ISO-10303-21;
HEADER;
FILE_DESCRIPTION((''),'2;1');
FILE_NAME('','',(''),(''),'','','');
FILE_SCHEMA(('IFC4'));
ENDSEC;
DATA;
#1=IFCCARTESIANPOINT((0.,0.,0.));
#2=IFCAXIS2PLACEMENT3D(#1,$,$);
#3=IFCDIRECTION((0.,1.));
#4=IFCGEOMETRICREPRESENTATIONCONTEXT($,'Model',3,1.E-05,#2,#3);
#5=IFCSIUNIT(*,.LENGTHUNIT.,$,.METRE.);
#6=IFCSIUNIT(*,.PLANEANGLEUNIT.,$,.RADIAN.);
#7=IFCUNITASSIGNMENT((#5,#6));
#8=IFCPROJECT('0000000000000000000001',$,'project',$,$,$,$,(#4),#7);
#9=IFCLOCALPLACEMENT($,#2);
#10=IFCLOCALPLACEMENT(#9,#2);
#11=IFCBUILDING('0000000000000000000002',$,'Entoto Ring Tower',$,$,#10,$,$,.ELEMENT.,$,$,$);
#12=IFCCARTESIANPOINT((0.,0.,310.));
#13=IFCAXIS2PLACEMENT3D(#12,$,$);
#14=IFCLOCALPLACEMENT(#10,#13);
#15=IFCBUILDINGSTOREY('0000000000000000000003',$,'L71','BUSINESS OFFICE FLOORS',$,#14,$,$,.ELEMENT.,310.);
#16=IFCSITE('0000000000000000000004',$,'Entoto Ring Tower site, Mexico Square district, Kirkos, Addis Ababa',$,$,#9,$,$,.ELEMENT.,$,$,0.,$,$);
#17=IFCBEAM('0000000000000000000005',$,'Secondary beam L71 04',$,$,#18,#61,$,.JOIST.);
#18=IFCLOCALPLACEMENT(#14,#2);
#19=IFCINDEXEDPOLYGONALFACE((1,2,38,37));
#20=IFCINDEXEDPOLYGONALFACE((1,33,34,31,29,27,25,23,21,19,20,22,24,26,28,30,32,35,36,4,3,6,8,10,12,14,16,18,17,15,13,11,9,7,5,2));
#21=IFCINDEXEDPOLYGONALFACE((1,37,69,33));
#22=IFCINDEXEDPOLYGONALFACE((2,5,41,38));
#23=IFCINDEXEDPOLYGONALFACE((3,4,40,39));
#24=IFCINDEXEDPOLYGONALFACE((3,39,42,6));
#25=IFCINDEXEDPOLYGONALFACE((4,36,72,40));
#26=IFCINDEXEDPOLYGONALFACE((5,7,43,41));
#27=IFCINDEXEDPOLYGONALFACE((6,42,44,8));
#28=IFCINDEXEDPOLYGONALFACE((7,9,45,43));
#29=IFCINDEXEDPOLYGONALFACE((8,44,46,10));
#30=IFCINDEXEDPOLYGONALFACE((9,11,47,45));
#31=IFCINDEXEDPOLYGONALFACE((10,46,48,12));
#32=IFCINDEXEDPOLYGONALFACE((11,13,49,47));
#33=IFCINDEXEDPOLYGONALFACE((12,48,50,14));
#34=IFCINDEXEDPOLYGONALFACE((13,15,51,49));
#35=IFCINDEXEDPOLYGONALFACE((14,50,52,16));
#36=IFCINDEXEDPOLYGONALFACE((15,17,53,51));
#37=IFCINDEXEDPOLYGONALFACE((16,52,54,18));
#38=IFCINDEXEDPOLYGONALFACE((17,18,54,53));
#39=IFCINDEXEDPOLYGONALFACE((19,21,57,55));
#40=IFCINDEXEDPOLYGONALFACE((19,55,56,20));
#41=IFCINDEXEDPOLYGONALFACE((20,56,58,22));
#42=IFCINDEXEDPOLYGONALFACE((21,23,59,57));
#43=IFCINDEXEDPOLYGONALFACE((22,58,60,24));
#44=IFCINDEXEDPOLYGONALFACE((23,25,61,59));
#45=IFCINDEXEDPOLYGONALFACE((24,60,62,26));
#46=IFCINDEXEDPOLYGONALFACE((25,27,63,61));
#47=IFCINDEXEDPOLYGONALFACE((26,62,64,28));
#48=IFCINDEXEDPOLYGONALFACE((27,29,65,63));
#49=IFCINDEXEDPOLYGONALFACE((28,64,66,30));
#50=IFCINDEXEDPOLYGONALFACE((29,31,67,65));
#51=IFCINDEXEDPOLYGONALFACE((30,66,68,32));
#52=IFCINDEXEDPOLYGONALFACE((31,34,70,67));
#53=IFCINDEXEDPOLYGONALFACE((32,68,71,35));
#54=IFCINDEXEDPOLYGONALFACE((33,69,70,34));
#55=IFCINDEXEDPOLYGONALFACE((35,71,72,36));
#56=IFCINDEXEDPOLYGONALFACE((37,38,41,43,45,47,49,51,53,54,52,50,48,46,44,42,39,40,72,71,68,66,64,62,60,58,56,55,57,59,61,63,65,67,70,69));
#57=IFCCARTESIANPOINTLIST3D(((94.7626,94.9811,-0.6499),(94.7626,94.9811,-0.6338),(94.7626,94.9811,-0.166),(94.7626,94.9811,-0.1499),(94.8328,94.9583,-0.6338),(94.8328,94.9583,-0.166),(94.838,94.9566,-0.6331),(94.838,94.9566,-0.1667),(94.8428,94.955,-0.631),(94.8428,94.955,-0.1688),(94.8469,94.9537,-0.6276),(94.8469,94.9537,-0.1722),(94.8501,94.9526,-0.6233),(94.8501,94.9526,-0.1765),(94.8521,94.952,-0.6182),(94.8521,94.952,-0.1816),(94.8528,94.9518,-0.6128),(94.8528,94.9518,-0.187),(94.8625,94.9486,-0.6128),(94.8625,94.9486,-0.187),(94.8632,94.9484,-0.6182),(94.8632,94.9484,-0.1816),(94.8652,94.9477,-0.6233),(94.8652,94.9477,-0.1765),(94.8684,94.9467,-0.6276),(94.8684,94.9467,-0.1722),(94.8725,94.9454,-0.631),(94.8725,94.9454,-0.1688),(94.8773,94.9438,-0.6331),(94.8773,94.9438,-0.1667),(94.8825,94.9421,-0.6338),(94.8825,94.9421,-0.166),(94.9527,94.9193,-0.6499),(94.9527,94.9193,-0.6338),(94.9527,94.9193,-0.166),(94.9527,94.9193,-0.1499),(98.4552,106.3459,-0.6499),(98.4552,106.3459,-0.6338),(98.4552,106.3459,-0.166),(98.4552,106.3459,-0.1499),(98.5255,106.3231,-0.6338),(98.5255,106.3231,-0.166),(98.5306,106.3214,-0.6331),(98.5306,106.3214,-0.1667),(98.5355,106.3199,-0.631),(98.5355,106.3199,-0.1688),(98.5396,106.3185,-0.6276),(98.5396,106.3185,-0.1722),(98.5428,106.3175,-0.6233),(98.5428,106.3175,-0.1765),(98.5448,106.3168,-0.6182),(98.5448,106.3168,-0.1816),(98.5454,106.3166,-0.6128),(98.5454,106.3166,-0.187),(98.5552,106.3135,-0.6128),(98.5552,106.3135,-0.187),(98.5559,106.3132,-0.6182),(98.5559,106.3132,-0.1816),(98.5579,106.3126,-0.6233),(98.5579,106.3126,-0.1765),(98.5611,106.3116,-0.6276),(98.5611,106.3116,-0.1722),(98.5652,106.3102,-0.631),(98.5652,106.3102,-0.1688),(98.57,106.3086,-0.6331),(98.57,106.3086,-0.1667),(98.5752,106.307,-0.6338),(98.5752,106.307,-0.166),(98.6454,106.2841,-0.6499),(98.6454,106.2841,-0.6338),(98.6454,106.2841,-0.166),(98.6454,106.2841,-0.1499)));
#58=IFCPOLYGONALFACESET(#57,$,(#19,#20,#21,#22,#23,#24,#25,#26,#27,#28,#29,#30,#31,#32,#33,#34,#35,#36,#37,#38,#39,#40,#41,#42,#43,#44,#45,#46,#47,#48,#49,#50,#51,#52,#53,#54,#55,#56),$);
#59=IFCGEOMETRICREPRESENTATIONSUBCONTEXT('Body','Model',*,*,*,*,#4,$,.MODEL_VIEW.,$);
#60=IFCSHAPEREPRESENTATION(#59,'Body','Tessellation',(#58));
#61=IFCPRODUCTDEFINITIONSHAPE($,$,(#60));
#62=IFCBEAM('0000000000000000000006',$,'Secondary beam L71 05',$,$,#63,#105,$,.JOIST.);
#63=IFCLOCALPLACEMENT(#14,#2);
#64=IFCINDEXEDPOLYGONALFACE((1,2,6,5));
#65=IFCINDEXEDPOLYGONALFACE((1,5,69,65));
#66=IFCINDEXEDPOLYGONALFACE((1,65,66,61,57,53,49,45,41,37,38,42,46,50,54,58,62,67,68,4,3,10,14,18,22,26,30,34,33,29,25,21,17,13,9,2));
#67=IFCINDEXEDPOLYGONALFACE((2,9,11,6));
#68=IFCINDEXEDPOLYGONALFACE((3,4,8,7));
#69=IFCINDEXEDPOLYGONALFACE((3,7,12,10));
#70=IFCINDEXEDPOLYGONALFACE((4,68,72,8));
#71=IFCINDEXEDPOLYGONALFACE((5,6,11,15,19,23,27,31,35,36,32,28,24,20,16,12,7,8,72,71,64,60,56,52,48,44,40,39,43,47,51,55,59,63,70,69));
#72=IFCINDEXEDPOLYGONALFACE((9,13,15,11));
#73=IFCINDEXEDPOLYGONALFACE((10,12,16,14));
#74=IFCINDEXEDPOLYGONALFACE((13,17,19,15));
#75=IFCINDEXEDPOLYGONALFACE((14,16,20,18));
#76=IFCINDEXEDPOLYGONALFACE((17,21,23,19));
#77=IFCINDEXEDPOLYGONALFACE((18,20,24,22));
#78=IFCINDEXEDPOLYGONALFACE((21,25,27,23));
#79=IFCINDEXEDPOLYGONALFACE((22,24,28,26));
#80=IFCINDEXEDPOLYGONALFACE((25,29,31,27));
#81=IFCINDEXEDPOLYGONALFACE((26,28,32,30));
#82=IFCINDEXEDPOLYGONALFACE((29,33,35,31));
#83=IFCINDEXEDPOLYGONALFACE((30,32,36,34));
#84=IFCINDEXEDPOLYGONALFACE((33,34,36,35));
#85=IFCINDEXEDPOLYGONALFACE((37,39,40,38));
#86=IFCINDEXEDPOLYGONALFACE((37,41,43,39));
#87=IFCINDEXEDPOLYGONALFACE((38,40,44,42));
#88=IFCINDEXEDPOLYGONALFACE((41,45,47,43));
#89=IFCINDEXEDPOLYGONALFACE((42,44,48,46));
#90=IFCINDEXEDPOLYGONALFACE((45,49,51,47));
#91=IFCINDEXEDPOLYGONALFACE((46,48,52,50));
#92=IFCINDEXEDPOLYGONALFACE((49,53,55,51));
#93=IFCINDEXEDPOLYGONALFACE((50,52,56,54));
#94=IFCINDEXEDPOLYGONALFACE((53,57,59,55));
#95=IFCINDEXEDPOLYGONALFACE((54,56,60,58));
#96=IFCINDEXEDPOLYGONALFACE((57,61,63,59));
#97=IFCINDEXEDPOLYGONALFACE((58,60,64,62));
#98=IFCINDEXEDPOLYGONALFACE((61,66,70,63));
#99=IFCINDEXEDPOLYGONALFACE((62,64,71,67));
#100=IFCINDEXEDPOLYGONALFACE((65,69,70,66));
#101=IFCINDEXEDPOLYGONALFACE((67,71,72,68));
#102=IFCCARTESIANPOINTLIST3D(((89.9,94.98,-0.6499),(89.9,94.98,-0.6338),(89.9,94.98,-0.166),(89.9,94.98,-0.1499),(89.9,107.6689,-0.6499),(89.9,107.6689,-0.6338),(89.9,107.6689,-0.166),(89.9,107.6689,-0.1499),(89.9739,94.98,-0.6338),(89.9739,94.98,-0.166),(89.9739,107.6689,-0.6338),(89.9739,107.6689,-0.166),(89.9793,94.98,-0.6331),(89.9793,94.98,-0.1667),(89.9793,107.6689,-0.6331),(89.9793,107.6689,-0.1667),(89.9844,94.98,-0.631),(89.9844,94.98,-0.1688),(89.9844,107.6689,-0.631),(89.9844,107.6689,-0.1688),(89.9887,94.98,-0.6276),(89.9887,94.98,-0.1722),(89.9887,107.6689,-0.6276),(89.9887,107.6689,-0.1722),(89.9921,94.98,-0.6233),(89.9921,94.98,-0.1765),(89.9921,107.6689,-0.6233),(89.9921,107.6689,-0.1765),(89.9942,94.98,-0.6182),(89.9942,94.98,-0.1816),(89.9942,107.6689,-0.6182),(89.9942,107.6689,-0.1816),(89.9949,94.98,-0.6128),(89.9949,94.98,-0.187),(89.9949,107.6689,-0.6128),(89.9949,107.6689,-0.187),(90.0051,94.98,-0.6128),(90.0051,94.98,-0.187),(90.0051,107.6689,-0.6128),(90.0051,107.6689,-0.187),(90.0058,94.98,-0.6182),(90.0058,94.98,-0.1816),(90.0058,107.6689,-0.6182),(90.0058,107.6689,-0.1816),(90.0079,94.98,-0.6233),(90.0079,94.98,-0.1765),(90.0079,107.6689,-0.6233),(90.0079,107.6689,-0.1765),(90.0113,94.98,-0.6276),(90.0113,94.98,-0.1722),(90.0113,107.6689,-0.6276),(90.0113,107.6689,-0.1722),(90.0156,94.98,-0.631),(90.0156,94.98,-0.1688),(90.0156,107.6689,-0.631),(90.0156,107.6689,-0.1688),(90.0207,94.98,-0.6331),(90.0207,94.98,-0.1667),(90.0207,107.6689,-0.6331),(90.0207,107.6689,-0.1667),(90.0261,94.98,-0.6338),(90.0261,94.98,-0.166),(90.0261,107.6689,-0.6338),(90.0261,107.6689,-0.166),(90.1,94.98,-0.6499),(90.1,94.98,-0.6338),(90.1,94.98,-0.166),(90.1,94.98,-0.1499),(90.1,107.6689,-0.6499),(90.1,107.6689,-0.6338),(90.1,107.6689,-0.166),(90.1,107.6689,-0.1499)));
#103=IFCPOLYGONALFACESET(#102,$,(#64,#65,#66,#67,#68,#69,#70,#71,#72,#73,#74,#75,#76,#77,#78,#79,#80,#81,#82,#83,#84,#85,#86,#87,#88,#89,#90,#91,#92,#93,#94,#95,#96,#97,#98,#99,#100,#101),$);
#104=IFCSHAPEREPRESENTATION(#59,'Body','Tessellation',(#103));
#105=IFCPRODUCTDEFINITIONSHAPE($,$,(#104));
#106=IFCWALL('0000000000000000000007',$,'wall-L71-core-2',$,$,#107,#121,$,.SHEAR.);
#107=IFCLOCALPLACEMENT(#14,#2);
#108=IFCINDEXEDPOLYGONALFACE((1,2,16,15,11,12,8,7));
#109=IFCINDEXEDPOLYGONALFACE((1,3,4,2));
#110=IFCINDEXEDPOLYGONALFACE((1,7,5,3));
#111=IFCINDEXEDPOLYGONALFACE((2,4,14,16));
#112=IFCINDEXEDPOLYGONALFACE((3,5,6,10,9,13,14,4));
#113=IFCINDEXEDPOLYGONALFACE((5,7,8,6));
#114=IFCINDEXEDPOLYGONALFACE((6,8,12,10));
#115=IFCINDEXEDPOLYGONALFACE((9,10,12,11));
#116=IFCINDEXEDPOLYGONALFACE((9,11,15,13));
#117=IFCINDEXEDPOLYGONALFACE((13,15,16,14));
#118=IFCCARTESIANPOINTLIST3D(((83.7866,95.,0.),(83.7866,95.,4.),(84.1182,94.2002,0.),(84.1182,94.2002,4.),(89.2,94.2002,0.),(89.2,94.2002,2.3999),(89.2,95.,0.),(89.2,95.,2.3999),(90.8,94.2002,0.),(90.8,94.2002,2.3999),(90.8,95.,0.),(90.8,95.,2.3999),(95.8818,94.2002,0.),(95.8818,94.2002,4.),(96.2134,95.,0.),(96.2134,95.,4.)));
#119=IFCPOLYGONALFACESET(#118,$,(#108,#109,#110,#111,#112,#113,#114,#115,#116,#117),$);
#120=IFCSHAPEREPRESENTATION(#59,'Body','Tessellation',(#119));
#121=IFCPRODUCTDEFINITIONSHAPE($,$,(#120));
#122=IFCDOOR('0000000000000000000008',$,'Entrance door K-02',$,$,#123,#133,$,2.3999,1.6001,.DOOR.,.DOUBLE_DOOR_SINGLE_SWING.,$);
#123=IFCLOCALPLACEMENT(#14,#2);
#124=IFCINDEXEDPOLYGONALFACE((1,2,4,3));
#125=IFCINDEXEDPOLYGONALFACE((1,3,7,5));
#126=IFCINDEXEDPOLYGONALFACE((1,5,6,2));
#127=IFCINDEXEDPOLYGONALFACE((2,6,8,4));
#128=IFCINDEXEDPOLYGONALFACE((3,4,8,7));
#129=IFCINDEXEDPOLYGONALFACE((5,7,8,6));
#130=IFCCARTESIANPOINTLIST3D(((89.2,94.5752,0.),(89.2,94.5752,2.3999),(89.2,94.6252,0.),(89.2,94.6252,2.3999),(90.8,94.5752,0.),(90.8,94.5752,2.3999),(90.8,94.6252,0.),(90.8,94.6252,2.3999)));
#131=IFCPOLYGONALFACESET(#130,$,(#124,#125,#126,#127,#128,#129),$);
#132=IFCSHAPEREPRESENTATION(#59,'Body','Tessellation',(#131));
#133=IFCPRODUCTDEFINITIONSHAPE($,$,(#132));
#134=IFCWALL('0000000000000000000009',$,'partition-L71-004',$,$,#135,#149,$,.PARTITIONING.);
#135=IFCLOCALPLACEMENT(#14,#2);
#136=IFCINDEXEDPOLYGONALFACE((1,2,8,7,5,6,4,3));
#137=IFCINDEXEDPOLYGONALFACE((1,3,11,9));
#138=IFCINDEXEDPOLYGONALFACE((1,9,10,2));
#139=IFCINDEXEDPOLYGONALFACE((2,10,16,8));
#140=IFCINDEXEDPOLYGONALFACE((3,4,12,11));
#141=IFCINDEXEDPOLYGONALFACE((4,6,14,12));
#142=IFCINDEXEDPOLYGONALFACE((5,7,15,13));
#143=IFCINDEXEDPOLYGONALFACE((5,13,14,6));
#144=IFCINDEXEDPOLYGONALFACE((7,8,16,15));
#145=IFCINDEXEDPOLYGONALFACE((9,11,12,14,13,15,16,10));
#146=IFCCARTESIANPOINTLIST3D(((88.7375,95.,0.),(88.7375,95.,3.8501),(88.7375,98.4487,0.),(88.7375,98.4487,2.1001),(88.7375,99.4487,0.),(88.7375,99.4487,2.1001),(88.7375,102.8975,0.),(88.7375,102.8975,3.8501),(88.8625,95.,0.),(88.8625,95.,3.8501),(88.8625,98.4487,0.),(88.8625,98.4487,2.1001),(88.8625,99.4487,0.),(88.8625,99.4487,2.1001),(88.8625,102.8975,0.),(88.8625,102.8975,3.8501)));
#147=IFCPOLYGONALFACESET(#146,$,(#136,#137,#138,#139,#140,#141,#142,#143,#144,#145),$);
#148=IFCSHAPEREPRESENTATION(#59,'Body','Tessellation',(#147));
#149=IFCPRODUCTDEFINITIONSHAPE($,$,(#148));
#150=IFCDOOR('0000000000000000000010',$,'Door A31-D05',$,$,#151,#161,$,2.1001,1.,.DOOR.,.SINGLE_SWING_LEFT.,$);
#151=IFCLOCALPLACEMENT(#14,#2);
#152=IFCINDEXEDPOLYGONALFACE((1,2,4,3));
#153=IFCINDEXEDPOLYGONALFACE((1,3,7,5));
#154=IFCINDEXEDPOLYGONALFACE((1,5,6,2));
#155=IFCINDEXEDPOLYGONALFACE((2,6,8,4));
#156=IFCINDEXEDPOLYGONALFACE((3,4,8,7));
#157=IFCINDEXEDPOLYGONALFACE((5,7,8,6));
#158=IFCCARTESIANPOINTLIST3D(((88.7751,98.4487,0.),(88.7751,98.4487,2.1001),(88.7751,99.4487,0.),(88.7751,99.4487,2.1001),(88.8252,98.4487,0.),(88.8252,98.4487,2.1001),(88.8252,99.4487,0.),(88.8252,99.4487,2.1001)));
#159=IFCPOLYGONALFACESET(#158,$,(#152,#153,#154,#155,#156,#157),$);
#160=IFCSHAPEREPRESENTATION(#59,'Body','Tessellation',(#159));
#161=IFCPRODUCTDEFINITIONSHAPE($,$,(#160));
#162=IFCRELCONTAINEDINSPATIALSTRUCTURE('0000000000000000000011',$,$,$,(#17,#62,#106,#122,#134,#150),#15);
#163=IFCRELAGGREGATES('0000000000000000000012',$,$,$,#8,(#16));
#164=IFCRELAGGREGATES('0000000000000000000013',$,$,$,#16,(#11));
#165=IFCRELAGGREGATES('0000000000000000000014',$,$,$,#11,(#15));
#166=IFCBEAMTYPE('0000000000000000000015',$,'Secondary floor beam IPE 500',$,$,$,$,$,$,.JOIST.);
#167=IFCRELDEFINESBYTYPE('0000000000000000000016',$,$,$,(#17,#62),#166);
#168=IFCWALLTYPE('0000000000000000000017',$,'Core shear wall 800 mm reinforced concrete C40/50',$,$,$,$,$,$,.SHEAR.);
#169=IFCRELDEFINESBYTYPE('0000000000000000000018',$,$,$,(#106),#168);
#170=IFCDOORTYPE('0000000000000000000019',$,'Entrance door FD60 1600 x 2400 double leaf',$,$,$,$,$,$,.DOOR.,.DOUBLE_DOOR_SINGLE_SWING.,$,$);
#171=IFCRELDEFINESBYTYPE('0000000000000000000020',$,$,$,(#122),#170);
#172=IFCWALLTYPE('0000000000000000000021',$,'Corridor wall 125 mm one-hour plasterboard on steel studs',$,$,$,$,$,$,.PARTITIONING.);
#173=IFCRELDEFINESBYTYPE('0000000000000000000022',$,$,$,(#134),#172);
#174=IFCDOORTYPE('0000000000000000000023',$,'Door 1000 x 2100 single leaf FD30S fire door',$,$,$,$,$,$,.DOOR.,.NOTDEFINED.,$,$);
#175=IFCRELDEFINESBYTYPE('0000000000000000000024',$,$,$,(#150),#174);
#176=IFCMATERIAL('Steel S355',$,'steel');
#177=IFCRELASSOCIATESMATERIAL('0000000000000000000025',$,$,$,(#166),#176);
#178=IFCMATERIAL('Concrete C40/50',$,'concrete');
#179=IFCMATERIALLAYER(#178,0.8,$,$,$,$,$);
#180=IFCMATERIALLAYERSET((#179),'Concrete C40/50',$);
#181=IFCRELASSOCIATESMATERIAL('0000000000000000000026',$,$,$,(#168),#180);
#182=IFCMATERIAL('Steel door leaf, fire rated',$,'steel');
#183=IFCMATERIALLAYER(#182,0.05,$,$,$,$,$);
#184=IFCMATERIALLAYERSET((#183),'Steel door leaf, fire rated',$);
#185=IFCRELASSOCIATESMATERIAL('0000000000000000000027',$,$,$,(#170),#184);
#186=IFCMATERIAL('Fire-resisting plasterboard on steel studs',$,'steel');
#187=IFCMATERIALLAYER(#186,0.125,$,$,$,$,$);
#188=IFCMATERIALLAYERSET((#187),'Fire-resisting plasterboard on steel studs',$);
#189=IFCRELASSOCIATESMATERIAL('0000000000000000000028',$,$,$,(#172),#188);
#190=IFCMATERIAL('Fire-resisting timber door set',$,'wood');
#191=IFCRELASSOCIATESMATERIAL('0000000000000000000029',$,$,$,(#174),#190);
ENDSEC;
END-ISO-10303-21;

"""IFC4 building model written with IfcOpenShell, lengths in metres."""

from ifc_helpers import new_model, si_unit, direction, frame, frame_2d, origin, origin_2d, place, context, subcontext, project, spatial, polyline, rectangle, i_section, outline, extrude, material, layer, layer_set, material_profile, profile_set, type_object, element, fill, save


model = new_model("IFC4")

# Units and contexts
model_context = context("Model", 3, precision=1e-05, world=origin(), true_north=direction((0.0, 1.0)))
body_context = subcontext(model_context, "Body", "Model", "MODEL_VIEW")
ifc_project = project(units=[si_unit("LENGTHUNIT", "METRE"), si_unit("PLANEANGLEUNIT", "RADIAN")], contexts=[model_context])

# Site, building, storey
site_placement = place(None, origin())
site = spatial("IfcSite", under=ifc_project, at=site_placement, Name="Entoto Ring Tower site, Mexico Square district, Kirkos, Addis Ababa", CompositionType="ELEMENT", RefElevation=0.0)
building_placement = place(site_placement, origin())
building = spatial("IfcBuilding", under=site, at=building_placement, Name="Entoto Ring Tower", CompositionType="ELEMENT")
storey_placement = place(building_placement, frame((0.0, 0.0, 310.0)))
storey = spatial("IfcBuildingStorey", under=building, at=storey_placement, Name="L71", Description="BUSINESS OFFICE FLOORS", CompositionType="ELEMENT", Elevation=310.0)

# Beams
ifc_material_1 = material(Name="Steel S355", Category="steel")
ifc_material_profile_1 = material_profile(ifc_material_1, i_section(OverallWidth=0.2, OverallDepth=0.5, WebThickness=0.0103, FlangeThickness=0.0161, FilletRadius=0.021, at=origin_2d()), Name="IPE 500")
ifc_profile_set_1 = profile_set([ifc_material_profile_1], Name="Steel S355")
beam_type_1 = type_object("IfcBeamType", Name="Secondary floor beam IPE 500", PredefinedType="JOIST", material=ifc_profile_set_1)
beam_1_placement = place(storey_placement, frame((94.8577, 94.9502, -0.3999), z_axis=(0.309017, 0.951057, 0.0), x_axis=(-0.951057, 0.309017, 0.0)))
element("IfcBeam", 1, at=beam_1_placement, inside=storey, type_object=beam_type_1, Name="Secondary beam L71 04", PredefinedType="JOIST", context=body_context, shape_type="SweptSolid", body=[
    extrude(i_section(OverallWidth=0.2, OverallDepth=0.5, WebThickness=0.0103, FlangeThickness=0.0161, FilletRadius=0.021, at=origin_2d()), origin(), (0.0, 0.0, 1.0), 11.9497),
])
beam_2_placement = place(storey_placement, frame((90.0, 94.98, -0.3999), z_axis=(0.0, 1.0, 0.0), x_axis=(-1.0, 0.0, 0.0)))
element("IfcBeam", 2, at=beam_2_placement, inside=storey, type_object=beam_type_1, Name="Secondary beam L71 05", PredefinedType="JOIST", context=body_context, shape_type="SweptSolid", body=[
    extrude(i_section(OverallWidth=0.2, OverallDepth=0.5, WebThickness=0.0103, FlangeThickness=0.0161, FilletRadius=0.021, at=origin_2d()), origin(), (0.0, 0.0, 1.0), 12.689),
])

# Walls, openings, doors
ifc_material_2 = material(Name="Concrete C40/50", Category="concrete")
ifc_layer_1 = layer(ifc_material_2, 0.8)
ifc_layer_set_1 = layer_set([ifc_layer_1], Name="Concrete C40/50")
wall_type_1 = type_object("IfcWallType", Name="Core shear wall 800 mm reinforced concrete C40/50", PredefinedType="SHEAR", material=ifc_layer_set_1)
wall_1_placement = place(storey_placement, frame((96.0476, 94.6001, 0.0), z_axis=(0.0, 0.0, 1.0), x_axis=(-1.0, 0.0, 0.0)))
wall_1 = element("IfcWall", 3, at=wall_1_placement, inside=storey, type_object=wall_type_1, Name="wall-L71-core-2", PredefinedType="SHEAR", context=body_context, shape_type="SweptSolid", body=[
    extrude(outline(polyline([(-0.1658, -0.3999), (12.261, -0.3999), (11.9294, 0.3999), (0.1658, 0.3999), (-0.1658, -0.3999)])), origin(), (0.0, 0.0, 1.0), 4.0),
])
opening_1_placement = place(wall_1_placement, frame((5.2476, 0.0, 0.0)))
opening_1 = element("IfcOpeningElement", 4, at=opening_1_placement, cuts=wall_1, PredefinedType="OPENING", context=body_context, shape_type="SweptSolid", body=[
    extrude(rectangle(XDim=1.6001, YDim=2.3999, at=frame_2d((0.8, 1.2))), frame((0.0, 0.4102, 0.0), z_axis=(0.0, -1.0, 0.0), x_axis=(1.0, 0.0, 0.0)), (0.0, 0.0, 1.0), 0.8201),
])
ifc_material_3 = material(Name="Steel door leaf, fire rated", Category="steel")
ifc_layer_2 = layer(ifc_material_3, 0.05)
ifc_layer_set_2 = layer_set([ifc_layer_2], Name="Steel door leaf, fire rated")
door_type_1 = type_object("IfcDoorType", Name="Entrance door FD60 1600 x 2400 double leaf", OperationType="DOUBLE_DOOR_SINGLE_SWING", PredefinedType="DOOR", material=ifc_layer_set_2)
door_1_placement = place(opening_1_placement, origin())
door_1 = element("IfcDoor", 5, at=door_1_placement, inside=storey, type_object=door_type_1, Name="Entrance door K-02", OperationType="DOUBLE_DOOR_SINGLE_SWING", OverallHeight=2.3999, OverallWidth=1.6001, PredefinedType="DOOR", context=body_context, shape_type="SweptSolid", body=[
    extrude(rectangle(XDim=1.6001, YDim=2.3999, at=frame_2d((0.8, 1.2))), frame((0.0, 0.0249, 0.0), z_axis=(0.0, -1.0, 0.0), x_axis=(1.0, 0.0, 0.0)), (0.0, 0.0, 1.0), 0.05),
])
fill(opening_1, door_1)
ifc_material_4 = material(Name="Fire-resisting plasterboard on steel studs", Category="steel")
ifc_layer_3 = layer(ifc_material_4, 0.125)
ifc_layer_set_3 = layer_set([ifc_layer_3], Name="Fire-resisting plasterboard on steel studs")
wall_type_2 = type_object("IfcWallType", Name="Corridor wall 125 mm one-hour plasterboard on steel studs", PredefinedType="PARTITIONING", material=ifc_layer_set_3)
wall_2_placement = place(storey_placement, frame((88.8, 95.0, 0.0), z_axis=(0.0, 0.0, 1.0), x_axis=(0.0, 1.0, 0.0)))
wall_2 = element("IfcWall", 6, at=wall_2_placement, inside=storey, type_object=wall_type_2, Name="partition-L71-004", PredefinedType="PARTITIONING", context=body_context, shape_type="SweptSolid", body=[
    extrude(rectangle(XDim=7.8975, YDim=0.125, at=frame_2d((3.9487, 0.0))), origin(), (0.0, 0.0, 1.0), 3.8501),
])
opening_2_placement = place(wall_2_placement, frame((3.4487, 0.0, 0.0)))
opening_2 = element("IfcOpeningElement", 7, at=opening_2_placement, cuts=wall_2, PredefinedType="OPENING", context=body_context, shape_type="SweptSolid", body=[
    extrude(rectangle(XDim=1.0, YDim=2.1001, at=frame_2d((0.5, 1.05))), frame((0.0, 0.0725, 0.0), z_axis=(0.0, -1.0, 0.0), x_axis=(1.0, 0.0, 0.0)), (0.0, 0.0, 1.0), 0.145),
])
ifc_material_5 = material(Name="Fire-resisting timber door set", Category="wood")
door_type_2 = type_object("IfcDoorType", Name="Door 1000 x 2100 single leaf FD30S fire door", OperationType="NOTDEFINED", PredefinedType="DOOR", material=ifc_material_5)
door_2_placement = place(opening_2_placement, origin())
door_2 = element("IfcDoor", 8, at=door_2_placement, inside=storey, type_object=door_type_2, Name="Door A31-D05", OperationType="SINGLE_SWING_LEFT", OverallHeight=2.1001, OverallWidth=1.0, PredefinedType="DOOR", context=body_context, shape_type="SweptSolid", body=[
    extrude(rectangle(XDim=1.0, YDim=2.1001, at=frame_2d((0.5, 1.05))), frame((0.0, 0.0249, 0.0), z_axis=(0.0, -1.0, 0.0), x_axis=(1.0, 0.0, 0.0)), (0.0, 0.0, 1.0), 0.05),
])
fill(opening_2, door_2)

save(model, "model.ifc")
